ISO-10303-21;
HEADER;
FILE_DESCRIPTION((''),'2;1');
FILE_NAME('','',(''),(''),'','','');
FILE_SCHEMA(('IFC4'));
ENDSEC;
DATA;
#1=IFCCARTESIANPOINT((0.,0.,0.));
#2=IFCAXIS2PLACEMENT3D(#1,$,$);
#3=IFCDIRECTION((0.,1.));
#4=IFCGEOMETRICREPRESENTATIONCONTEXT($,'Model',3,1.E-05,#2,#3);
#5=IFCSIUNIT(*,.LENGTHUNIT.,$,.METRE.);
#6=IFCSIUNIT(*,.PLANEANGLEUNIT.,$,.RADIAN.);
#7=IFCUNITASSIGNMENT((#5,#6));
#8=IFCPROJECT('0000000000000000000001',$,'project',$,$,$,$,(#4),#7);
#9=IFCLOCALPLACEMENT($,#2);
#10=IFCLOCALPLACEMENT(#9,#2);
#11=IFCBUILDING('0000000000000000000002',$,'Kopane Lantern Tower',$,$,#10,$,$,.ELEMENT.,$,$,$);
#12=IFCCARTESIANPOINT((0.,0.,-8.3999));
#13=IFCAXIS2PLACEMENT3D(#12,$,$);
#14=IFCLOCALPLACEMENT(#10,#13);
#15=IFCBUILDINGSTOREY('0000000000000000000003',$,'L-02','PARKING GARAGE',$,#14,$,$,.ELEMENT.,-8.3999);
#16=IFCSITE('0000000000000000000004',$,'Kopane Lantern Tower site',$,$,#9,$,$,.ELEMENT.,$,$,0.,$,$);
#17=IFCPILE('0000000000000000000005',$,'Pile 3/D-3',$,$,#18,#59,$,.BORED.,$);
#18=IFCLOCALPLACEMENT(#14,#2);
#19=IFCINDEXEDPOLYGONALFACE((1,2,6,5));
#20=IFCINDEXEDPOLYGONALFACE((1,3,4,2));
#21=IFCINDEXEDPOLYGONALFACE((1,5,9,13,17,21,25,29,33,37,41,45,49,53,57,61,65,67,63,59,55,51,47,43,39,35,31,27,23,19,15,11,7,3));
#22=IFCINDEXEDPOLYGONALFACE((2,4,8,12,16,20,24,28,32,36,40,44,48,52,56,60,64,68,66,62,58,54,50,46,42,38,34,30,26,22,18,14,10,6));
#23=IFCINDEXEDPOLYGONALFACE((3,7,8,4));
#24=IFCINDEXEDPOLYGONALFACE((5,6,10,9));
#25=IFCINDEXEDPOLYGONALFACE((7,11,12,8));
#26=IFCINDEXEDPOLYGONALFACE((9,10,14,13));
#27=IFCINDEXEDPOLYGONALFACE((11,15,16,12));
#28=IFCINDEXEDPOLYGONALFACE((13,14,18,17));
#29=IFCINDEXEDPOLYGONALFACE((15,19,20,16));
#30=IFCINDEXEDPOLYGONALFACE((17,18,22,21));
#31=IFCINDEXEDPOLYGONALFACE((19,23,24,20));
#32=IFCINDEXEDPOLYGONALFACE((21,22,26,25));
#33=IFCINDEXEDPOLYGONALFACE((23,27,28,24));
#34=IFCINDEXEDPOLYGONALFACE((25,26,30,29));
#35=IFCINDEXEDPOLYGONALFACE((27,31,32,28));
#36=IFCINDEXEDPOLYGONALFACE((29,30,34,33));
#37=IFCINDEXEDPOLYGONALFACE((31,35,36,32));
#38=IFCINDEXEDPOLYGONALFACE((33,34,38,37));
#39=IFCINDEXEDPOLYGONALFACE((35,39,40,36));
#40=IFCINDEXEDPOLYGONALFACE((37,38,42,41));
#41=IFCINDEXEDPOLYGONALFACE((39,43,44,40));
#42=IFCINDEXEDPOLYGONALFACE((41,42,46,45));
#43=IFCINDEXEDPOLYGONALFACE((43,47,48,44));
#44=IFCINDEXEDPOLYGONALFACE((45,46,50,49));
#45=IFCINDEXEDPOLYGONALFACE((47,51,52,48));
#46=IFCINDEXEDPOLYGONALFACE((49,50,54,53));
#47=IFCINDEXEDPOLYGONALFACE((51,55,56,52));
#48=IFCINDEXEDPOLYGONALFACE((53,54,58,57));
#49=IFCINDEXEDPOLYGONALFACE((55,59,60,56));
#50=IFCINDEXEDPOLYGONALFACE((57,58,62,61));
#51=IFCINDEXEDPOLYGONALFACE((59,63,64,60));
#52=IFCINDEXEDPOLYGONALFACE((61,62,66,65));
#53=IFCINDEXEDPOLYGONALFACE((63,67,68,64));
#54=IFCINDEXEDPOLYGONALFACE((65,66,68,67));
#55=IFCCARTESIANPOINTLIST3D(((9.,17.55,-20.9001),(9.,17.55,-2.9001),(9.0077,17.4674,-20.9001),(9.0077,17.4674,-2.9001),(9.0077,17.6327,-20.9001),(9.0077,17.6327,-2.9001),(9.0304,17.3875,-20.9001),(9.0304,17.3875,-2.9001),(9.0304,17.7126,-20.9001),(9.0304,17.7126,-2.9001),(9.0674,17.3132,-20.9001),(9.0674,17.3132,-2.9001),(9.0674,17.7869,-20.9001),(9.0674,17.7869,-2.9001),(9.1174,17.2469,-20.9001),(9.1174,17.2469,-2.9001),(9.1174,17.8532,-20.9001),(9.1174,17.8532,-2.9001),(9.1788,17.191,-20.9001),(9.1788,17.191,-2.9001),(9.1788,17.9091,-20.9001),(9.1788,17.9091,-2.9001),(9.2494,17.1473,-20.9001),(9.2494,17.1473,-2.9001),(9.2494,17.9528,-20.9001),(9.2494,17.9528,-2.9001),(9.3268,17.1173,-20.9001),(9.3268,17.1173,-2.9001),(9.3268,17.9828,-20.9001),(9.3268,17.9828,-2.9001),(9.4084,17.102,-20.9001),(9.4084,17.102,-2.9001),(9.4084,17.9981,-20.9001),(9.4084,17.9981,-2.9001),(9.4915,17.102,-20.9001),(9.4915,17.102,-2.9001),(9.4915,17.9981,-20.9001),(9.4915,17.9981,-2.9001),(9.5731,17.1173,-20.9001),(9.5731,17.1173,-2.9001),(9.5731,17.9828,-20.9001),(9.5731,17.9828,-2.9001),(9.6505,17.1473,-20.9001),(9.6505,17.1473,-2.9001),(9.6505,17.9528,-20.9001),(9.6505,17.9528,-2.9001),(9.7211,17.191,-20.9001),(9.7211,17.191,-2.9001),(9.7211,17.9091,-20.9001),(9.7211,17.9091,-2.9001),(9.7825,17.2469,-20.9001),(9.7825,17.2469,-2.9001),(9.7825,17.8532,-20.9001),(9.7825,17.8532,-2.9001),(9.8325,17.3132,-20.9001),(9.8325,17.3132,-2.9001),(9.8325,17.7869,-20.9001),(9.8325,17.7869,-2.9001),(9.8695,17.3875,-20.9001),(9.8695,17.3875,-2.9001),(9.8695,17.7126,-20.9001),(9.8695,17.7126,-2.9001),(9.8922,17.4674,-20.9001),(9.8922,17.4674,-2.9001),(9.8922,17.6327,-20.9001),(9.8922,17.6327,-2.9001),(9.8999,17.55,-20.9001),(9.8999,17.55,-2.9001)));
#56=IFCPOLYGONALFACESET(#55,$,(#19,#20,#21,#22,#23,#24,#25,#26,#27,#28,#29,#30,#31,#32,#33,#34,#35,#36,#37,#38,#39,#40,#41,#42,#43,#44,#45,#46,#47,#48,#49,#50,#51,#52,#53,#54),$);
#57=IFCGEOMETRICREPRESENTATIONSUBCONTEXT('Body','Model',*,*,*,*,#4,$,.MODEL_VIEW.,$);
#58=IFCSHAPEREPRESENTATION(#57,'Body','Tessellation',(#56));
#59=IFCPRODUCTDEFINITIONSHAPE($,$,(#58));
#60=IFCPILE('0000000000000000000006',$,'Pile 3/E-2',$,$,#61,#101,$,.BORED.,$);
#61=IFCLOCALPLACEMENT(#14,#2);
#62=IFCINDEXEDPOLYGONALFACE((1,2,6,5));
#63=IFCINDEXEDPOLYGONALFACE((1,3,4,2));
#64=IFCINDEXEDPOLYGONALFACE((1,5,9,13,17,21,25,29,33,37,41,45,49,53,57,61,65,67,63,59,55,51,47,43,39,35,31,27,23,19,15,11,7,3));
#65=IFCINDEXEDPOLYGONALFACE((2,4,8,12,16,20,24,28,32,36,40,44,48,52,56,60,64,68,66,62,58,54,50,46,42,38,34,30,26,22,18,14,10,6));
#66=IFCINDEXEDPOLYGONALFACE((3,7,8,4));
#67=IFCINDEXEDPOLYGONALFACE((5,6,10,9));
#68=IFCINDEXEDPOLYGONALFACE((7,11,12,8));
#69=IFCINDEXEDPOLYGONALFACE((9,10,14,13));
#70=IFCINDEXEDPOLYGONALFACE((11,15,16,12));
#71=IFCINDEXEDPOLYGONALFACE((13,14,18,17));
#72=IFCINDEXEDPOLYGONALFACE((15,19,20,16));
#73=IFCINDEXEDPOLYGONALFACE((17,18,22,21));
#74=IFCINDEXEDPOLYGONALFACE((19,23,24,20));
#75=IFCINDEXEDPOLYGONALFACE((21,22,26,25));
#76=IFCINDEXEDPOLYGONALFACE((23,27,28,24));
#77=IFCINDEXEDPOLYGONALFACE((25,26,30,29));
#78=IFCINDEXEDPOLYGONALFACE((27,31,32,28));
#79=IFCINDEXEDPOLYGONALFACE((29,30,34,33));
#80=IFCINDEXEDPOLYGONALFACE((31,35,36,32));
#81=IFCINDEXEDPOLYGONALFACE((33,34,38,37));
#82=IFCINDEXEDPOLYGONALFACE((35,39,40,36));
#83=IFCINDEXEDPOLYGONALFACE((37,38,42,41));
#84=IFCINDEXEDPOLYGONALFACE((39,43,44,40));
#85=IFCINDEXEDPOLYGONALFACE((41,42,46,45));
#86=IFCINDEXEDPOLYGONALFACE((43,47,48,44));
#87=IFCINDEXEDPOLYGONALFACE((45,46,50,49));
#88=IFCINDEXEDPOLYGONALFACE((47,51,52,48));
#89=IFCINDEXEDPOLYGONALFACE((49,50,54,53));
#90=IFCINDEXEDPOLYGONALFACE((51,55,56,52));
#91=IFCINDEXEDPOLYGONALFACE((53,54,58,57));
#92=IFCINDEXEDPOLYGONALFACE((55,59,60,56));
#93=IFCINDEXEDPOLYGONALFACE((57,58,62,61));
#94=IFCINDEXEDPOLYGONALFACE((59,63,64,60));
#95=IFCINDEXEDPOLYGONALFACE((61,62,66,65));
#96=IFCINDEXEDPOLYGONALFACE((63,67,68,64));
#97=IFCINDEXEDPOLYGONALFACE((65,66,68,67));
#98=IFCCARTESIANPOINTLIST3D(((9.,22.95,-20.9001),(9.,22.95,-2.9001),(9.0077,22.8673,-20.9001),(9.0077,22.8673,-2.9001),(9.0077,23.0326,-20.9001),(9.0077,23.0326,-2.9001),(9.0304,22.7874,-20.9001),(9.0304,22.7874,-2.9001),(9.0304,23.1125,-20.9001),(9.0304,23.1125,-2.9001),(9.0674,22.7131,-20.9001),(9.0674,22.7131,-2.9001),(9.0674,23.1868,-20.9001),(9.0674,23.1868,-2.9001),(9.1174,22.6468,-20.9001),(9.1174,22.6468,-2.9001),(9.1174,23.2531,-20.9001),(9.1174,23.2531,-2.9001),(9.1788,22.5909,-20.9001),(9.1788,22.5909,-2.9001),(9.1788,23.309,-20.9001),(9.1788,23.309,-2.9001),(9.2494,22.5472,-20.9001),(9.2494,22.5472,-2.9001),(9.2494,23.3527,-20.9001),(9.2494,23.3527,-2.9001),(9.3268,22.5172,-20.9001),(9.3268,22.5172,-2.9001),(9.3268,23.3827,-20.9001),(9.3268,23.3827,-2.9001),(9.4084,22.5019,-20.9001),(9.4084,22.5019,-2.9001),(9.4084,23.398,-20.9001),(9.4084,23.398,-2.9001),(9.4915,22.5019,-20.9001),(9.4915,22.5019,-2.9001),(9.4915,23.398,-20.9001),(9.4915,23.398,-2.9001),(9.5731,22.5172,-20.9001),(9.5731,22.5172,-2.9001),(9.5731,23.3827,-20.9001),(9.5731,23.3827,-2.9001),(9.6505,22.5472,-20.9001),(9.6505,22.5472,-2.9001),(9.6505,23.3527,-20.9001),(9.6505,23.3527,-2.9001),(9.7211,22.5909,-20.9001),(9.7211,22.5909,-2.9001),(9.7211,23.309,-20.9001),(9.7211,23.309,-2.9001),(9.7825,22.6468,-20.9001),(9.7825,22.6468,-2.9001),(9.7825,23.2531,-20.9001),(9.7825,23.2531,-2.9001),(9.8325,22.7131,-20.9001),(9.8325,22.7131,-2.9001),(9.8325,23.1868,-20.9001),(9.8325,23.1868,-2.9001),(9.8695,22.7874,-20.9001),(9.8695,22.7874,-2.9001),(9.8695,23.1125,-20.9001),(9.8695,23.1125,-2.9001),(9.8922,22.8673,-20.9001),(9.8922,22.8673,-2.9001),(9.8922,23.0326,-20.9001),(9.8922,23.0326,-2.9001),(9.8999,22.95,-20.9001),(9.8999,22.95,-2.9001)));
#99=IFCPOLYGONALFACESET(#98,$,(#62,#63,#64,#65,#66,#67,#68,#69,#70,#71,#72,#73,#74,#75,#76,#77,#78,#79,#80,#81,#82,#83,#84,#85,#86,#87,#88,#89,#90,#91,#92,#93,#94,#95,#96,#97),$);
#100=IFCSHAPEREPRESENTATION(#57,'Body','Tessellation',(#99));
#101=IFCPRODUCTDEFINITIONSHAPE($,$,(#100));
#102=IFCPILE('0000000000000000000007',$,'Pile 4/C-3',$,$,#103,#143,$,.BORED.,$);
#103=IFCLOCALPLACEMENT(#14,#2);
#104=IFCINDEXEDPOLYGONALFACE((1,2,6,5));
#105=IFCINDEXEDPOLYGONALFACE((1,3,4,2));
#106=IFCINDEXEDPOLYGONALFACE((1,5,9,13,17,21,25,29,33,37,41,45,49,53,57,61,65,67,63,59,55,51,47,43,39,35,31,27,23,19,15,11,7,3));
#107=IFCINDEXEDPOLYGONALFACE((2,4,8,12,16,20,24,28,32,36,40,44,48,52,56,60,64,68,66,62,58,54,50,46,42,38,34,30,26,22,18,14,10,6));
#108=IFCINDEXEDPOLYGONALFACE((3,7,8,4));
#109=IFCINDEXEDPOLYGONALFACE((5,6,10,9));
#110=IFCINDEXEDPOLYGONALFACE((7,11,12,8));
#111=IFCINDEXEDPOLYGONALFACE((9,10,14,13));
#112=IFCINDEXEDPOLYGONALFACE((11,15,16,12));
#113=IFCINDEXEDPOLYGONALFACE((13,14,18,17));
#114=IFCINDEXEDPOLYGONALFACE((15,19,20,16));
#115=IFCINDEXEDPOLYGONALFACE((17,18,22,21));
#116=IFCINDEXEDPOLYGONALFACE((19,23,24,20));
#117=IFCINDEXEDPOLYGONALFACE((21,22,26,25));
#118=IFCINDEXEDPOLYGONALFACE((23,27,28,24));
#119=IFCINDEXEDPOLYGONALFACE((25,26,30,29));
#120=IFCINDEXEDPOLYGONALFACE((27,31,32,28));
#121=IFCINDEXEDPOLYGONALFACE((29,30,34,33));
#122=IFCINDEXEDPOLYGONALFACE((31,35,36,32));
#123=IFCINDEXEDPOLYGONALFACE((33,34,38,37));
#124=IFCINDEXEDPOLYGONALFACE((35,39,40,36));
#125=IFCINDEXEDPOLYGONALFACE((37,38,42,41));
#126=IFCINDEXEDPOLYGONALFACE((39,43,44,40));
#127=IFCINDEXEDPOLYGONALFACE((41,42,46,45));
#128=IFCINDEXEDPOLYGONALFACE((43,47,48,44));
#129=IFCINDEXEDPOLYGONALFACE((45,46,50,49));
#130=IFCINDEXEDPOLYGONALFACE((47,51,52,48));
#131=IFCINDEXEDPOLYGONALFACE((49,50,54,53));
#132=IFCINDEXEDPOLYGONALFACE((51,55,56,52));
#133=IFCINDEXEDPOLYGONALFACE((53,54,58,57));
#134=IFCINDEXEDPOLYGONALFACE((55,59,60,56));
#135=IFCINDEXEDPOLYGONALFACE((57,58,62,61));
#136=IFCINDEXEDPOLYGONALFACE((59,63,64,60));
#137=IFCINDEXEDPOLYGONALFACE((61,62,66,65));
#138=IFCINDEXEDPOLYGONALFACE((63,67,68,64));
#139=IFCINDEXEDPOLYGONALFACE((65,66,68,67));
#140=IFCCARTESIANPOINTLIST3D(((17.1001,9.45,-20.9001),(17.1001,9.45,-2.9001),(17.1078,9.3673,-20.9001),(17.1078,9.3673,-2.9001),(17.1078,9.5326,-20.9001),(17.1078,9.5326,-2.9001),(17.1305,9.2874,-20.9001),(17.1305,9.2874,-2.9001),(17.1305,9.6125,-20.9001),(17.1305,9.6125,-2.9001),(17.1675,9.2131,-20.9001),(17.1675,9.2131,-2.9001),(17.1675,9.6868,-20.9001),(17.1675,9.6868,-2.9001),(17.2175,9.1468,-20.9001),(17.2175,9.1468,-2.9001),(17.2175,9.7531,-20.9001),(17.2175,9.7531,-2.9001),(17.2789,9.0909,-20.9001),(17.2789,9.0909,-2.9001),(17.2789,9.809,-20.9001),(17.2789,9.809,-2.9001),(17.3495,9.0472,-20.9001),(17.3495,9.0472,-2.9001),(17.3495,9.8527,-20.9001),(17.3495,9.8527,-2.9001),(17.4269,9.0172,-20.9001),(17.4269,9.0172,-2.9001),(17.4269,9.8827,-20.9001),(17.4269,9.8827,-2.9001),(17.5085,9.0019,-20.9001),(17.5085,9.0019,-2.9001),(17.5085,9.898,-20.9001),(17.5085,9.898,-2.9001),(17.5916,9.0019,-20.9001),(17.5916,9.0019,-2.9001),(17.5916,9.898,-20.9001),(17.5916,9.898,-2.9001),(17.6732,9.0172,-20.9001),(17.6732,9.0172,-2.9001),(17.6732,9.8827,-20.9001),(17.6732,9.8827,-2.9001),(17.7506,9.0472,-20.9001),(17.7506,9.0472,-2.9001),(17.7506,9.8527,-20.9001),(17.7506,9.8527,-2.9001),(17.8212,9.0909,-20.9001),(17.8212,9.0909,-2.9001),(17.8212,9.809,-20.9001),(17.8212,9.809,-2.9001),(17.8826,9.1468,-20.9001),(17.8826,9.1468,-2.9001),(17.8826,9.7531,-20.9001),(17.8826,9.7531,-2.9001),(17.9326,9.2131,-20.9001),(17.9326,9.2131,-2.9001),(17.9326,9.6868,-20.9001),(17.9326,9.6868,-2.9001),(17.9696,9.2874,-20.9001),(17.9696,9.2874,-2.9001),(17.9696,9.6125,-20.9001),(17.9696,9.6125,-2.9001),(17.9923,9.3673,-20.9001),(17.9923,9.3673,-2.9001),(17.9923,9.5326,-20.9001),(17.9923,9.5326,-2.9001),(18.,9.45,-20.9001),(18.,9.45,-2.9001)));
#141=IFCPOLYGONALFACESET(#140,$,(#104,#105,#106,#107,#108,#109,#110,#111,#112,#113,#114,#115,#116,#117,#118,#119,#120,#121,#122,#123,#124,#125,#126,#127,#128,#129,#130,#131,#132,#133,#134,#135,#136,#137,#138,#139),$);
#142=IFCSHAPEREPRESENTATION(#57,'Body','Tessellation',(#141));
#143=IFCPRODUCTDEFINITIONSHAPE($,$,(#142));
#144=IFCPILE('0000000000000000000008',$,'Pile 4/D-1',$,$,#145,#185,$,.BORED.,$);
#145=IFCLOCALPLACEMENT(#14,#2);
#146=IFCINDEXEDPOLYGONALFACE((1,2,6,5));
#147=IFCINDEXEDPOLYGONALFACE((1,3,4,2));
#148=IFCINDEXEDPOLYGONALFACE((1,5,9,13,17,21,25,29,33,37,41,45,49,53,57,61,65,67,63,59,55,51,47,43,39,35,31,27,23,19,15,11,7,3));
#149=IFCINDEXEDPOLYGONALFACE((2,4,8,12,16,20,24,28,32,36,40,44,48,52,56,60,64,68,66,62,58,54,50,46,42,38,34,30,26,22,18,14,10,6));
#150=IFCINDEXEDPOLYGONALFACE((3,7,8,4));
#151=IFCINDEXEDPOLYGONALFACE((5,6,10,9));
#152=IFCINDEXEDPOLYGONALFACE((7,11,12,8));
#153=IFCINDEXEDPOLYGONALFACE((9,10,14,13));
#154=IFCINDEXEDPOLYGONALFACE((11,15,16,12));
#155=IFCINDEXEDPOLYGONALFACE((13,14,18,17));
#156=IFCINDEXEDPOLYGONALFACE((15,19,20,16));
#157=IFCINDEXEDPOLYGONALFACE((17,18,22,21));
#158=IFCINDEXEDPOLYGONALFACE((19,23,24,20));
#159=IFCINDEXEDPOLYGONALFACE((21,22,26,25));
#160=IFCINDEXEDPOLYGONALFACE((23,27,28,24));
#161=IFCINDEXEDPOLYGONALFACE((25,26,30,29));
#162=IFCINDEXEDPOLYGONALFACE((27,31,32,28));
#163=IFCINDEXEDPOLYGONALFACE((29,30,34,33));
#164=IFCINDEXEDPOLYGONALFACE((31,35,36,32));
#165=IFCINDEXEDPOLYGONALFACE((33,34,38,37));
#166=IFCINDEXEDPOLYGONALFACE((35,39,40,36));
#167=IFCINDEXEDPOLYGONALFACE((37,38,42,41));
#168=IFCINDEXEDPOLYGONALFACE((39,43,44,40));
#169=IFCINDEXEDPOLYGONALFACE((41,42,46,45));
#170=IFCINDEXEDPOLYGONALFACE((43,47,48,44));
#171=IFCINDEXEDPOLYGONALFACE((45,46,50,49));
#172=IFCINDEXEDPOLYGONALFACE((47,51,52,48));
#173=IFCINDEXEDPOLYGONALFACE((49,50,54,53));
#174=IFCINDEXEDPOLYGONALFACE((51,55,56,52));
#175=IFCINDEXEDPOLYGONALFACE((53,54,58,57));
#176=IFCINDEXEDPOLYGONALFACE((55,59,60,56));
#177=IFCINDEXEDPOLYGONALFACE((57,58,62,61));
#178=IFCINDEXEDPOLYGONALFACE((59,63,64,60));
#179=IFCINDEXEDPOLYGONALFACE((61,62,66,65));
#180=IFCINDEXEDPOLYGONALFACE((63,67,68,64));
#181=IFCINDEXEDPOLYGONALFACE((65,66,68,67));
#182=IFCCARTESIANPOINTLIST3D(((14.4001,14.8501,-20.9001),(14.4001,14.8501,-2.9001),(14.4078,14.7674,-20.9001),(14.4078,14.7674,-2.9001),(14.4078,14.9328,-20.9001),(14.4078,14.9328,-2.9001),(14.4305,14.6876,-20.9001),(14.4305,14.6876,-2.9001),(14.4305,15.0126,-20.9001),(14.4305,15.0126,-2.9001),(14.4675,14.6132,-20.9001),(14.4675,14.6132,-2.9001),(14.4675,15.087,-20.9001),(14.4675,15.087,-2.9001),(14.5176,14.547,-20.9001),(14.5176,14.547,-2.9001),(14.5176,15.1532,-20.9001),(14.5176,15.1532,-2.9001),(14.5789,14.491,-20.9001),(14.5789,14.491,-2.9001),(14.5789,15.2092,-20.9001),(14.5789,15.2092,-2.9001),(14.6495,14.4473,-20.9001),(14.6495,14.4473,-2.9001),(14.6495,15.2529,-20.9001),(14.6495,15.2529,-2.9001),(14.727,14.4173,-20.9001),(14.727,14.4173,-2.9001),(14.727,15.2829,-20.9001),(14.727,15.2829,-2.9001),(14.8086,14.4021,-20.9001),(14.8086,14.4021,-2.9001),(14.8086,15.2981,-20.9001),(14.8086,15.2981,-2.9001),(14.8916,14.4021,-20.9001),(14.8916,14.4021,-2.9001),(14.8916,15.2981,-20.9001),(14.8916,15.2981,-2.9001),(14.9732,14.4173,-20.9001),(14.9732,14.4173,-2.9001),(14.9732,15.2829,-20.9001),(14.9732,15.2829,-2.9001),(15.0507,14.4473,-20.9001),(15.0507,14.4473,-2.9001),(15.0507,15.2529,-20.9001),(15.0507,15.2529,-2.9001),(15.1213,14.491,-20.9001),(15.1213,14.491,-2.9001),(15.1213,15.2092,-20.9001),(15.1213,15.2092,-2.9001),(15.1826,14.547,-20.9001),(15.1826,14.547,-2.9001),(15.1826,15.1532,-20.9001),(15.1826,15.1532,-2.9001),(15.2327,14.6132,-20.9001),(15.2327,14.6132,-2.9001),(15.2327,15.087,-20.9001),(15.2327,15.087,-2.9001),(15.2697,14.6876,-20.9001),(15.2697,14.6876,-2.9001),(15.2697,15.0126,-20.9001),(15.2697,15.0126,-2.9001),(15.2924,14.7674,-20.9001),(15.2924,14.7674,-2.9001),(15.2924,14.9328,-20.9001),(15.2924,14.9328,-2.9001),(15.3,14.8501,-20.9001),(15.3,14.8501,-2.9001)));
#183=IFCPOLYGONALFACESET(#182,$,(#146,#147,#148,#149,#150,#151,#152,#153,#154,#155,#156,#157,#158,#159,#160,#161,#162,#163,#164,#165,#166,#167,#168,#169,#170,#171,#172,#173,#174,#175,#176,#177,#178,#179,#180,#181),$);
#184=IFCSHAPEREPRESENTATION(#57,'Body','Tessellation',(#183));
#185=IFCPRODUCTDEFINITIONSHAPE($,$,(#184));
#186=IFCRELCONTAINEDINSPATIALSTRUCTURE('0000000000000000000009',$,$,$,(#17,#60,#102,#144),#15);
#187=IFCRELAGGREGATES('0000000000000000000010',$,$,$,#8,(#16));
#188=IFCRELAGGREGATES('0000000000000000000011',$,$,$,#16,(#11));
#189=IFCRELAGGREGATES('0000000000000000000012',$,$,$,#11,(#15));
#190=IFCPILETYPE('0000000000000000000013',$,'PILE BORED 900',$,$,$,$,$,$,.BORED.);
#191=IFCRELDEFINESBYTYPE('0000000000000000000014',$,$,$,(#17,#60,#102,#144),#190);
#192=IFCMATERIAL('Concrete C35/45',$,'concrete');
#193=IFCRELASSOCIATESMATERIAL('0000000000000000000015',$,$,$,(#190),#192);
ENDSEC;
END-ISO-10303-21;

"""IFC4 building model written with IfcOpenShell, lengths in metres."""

from ifc_helpers import new_model, si_unit, direction, frame, origin, origin_2d, place, context, subcontext, project, spatial, circle, extrude, material, material_profile, profile_set, type_object, element, save


model = new_model("IFC4")

# Units and contexts
model_context = context("Model", 3, precision=1e-05, world=origin(), true_north=direction((0.0, 1.0)))
body_context = subcontext(model_context, "Body", "Model", "MODEL_VIEW")
ifc_project = project(units=[si_unit("LENGTHUNIT", "METRE"), si_unit("PLANEANGLEUNIT", "RADIAN")], contexts=[model_context])

# Site, building, storey
site_placement = place(None, origin())
site = spatial("IfcSite", under=ifc_project, at=site_placement, Name="Kopane Lantern Tower site", CompositionType="ELEMENT", RefElevation=0.0)
building_placement = place(site_placement, origin())
building = spatial("IfcBuilding", under=site, at=building_placement, Name="Kopane Lantern Tower", CompositionType="ELEMENT")
storey_placement = place(building_placement, frame((0.0, 0.0, -8.3999)))
storey = spatial("IfcBuildingStorey", under=building, at=storey_placement, Name="L-02", Description="PARKING GARAGE", CompositionType="ELEMENT", Elevation=-8.3999)

# Piles
ifc_material_1 = material(Name="Concrete C35/45", Category="concrete")
ifc_material_profile_1 = material_profile(ifc_material_1, circle(Radius=0.45, at=origin_2d()), Name="D900")
ifc_profile_set_1 = profile_set([ifc_material_profile_1], Name="Concrete C35/45")
pile_type_1 = type_object("IfcPileType", Name="PILE BORED 900", PredefinedType="BORED", material=ifc_profile_set_1)
for number, where, z_axis, x_axis, name in (
    (1, (9.45, 17.55, -2.9001), (0.0, 0.0, -1.0), (1.0, 0.0, 0.0), "Pile 3/D-3"),
    (2, (9.45, 22.95, -2.9001), (0.0, 0.0, -1.0), (1.0, 0.0, 0.0), "Pile 3/E-2"),
    (3, (17.55, 9.45, -2.9001), (0.0, 0.0, -1.0), (1.0, 0.0, 0.0), "Pile 4/C-3"),
    (4, (14.8501, 14.8501, -2.9001), (0.0, 0.0, -1.0), (1.0, 0.0, 0.0), "Pile 4/D-1"),
):
    element("IfcPile", number, at=place(storey_placement, frame(where, z_axis=z_axis, x_axis=x_axis)), inside=storey, type_object=pile_type_1, Name=name, PredefinedType="BORED", context=body_context, shape_type="SweptSolid", body=[
        extrude(circle(Radius=0.45, at=origin_2d()), origin(), (0.0, 0.0, 1.0), 18.0),
    ])

save(model, "model.ifc")
